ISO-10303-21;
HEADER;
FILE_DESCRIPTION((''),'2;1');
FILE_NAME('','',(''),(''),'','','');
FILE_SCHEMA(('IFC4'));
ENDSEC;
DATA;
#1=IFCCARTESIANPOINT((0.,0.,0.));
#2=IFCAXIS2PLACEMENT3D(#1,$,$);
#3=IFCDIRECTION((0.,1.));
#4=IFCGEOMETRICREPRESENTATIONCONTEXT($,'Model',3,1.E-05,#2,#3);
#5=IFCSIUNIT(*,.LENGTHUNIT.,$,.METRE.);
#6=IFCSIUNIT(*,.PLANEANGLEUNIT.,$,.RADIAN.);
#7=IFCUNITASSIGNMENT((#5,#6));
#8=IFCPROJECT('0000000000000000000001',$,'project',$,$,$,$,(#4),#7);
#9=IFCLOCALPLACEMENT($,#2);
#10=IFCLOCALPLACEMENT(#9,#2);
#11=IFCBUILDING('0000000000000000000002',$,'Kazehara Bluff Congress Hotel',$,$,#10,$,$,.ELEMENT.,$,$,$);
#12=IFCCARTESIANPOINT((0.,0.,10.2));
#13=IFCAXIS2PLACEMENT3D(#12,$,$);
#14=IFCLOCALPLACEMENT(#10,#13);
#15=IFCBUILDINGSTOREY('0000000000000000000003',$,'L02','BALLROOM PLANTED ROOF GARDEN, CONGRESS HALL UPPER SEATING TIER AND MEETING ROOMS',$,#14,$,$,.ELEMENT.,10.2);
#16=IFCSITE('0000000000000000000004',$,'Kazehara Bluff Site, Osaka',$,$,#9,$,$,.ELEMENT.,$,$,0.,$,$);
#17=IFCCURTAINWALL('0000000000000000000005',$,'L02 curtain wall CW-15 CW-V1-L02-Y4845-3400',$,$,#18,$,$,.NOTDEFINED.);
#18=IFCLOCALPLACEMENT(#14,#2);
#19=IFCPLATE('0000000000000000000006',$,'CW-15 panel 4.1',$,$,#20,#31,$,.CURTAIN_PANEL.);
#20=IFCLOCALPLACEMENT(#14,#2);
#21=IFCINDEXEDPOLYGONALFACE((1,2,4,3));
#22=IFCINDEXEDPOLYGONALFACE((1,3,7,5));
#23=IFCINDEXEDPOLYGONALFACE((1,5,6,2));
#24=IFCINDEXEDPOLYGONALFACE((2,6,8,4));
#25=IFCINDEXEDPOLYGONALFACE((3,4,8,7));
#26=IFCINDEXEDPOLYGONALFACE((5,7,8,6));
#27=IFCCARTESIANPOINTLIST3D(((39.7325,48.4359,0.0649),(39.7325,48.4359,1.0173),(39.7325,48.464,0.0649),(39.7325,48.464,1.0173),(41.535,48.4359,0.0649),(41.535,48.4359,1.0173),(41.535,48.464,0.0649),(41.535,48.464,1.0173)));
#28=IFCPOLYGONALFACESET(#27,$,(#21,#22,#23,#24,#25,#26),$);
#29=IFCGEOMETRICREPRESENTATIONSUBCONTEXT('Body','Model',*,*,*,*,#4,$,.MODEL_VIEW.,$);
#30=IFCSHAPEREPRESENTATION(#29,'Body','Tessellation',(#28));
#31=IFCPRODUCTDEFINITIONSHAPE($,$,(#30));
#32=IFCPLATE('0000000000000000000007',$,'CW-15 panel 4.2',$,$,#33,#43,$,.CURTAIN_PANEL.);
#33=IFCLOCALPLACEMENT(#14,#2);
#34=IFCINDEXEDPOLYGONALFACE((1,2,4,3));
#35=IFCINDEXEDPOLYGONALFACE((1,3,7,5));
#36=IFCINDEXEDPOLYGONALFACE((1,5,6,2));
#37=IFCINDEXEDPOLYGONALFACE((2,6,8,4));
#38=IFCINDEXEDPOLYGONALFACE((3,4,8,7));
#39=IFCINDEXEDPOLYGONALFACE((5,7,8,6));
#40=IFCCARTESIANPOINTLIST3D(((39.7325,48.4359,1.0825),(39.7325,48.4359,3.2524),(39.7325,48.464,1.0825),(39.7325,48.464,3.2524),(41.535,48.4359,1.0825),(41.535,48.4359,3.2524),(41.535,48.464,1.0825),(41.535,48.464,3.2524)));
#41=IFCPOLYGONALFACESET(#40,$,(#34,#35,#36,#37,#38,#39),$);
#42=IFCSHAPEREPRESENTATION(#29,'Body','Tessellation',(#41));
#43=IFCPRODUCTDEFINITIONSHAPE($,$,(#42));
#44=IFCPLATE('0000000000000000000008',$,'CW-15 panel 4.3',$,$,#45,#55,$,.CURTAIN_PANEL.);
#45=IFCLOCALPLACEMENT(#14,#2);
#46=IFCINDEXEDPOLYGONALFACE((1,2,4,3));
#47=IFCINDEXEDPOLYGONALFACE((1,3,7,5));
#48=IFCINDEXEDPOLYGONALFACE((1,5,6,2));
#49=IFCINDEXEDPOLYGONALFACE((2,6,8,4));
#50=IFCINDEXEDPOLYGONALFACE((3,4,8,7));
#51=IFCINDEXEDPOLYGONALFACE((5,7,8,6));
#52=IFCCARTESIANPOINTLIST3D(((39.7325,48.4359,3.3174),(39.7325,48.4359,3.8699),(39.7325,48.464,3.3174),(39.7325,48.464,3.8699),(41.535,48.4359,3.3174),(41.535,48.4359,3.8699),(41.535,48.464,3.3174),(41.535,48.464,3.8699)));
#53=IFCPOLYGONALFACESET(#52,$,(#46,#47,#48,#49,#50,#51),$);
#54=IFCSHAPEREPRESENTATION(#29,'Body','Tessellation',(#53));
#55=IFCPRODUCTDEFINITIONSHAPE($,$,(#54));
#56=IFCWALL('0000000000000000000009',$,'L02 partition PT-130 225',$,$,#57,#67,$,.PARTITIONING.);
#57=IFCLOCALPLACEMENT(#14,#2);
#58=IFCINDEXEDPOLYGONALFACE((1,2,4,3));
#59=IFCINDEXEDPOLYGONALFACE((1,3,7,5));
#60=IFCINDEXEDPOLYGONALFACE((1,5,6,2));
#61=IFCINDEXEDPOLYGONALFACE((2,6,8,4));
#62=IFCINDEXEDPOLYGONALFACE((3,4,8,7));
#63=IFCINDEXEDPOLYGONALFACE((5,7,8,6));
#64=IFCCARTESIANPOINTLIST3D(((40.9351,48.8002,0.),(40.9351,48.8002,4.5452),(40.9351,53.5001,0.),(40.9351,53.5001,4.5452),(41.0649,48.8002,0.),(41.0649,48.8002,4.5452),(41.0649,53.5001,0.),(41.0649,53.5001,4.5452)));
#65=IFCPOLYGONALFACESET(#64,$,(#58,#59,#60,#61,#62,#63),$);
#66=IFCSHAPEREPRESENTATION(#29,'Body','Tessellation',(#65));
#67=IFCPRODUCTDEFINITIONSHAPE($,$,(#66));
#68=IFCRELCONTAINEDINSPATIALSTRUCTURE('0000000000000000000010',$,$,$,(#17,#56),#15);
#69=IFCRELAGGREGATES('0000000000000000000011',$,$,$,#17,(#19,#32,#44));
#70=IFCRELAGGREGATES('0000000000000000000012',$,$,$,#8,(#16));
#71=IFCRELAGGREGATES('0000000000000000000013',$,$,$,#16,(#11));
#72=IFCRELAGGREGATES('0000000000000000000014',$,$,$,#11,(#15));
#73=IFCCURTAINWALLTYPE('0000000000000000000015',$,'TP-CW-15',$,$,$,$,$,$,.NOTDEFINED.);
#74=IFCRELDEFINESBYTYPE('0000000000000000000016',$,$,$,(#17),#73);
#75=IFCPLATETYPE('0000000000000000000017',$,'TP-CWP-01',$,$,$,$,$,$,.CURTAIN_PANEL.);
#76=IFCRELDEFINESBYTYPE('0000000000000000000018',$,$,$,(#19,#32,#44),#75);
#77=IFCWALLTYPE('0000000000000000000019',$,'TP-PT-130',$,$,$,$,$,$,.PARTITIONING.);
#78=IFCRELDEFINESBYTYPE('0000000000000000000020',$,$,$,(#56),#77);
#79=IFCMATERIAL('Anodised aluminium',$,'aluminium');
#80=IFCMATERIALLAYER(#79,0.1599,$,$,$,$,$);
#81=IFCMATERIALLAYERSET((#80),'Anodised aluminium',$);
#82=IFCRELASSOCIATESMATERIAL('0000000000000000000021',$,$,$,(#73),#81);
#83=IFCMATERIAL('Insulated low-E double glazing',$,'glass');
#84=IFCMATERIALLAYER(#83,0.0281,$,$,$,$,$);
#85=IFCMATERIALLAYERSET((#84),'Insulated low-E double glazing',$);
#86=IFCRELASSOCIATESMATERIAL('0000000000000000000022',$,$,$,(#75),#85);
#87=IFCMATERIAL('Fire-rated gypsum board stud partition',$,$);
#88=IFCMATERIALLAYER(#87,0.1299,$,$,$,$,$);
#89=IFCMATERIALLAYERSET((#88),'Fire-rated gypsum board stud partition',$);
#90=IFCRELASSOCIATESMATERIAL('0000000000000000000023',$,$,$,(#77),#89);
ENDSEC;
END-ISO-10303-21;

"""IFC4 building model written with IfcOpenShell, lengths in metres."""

from ifc_helpers import new_model, si_unit, direction, frame, frame_2d, origin, origin_2d, place, context, subcontext, project, spatial, rectangle, extrude, material, layer, layer_set, type_object, element, aggregate, save


model = new_model("IFC4")

# Units and contexts
model_context = context("Model", 3, precision=1e-05, world=origin(), true_north=direction((0.0, 1.0)))
body_context = subcontext(model_context, "Body", "Model", "MODEL_VIEW")
ifc_project = project(units=[si_unit("LENGTHUNIT", "METRE"), si_unit("PLANEANGLEUNIT", "RADIAN")], contexts=[model_context])

# Site, building, storey
site_placement = place(None, origin())
site = spatial("IfcSite", under=ifc_project, at=site_placement, Name="Kazehara Bluff Site, Osaka", CompositionType="ELEMENT", RefElevation=0.0)
building_placement = place(site_placement, origin())
building = spatial("IfcBuilding", under=site, at=building_placement, Name="Kazehara Bluff Congress Hotel", CompositionType="ELEMENT")
storey_placement = place(building_placement, frame((0.0, 0.0, 10.2)))
storey = spatial("IfcBuildingStorey", under=building, at=storey_placement, Name="L02", Description="BALLROOM PLANTED ROOF GARDEN, CONGRESS HALL UPPER SEATING TIER AND MEETING ROOMS", CompositionType="ELEMENT", Elevation=10.2)

# Curtain wall
ifc_material_1 = material(Name="Anodised aluminium", Category="aluminium")
ifc_layer_1 = layer(ifc_material_1, 0.1599)
ifc_layer_set_1 = layer_set([ifc_layer_1], Name="Anodised aluminium")
curtain_wall_type = type_object("IfcCurtainWallType", Name="TP-CW-15", PredefinedType="NOTDEFINED", material=ifc_layer_set_1)
curtain_wall_placement = place(storey_placement, origin())
curtain_wall = element("IfcCurtainWall", 1, at=curtain_wall_placement, inside=storey, type_object=curtain_wall_type, Name="L02 curtain wall CW-15 CW-V1-L02-Y4845-3400", PredefinedType="NOTDEFINED")

# Plates
ifc_material_2 = material(Name="Insulated low-E double glazing", Category="glass")
ifc_layer_2 = layer(ifc_material_2, 0.0281)
ifc_layer_set_2 = layer_set([ifc_layer_2], Name="Insulated low-E double glazing")
plate_type = type_object("IfcPlateType", Name="TP-CWP-01", PredefinedType="CURTAIN_PANEL", material=ifc_layer_set_2)
plate_1_placement = place(storey_placement, frame((40.6338, 48.45, 0.0649), z_axis=(0.0, 0.0, 1.0), x_axis=(1.0, 0.0, 0.0)))
plate_1 = element("IfcPlate", 2, at=plate_1_placement, type_object=plate_type, Name="CW-15 panel 4.1", PredefinedType="CURTAIN_PANEL", context=body_context, shape_type="SweptSolid", body=[
    extrude(rectangle(XDim=1.8025, YDim=0.0281, at=origin_2d()), origin(), (0.0, 0.0, 1.0), 0.9524),
])
plate_2_placement = place(storey_placement, frame((40.6338, 48.45, 1.0825), z_axis=(0.0, 0.0, 1.0), x_axis=(1.0, 0.0, 0.0)))
plate_2 = element("IfcPlate", 3, at=plate_2_placement, type_object=plate_type, Name="CW-15 panel 4.2", PredefinedType="CURTAIN_PANEL", context=body_context, shape_type="SweptSolid", body=[
    extrude(rectangle(XDim=1.8025, YDim=0.0281, at=origin_2d()), origin(), (0.0, 0.0, 1.0), 2.1699),
])
plate_3_placement = place(storey_placement, frame((40.6338, 48.45, 3.3174), z_axis=(0.0, 0.0, 1.0), x_axis=(1.0, 0.0, 0.0)))
plate_3 = element("IfcPlate", 4, at=plate_3_placement, type_object=plate_type, Name="CW-15 panel 4.3", PredefinedType="CURTAIN_PANEL", context=body_context, shape_type="SweptSolid", body=[
    extrude(rectangle(XDim=1.8025, YDim=0.0281, at=origin_2d()), origin(), (0.0, 0.0, 1.0), 0.5525),
])
aggregate(curtain_wall, [plate_1, plate_2, plate_3])

# Wall
ifc_material_3 = material(Name="Fire-rated gypsum board stud partition")
ifc_layer_3 = layer(ifc_material_3, 0.1299)
ifc_layer_set_3 = layer_set([ifc_layer_3], Name="Fire-rated gypsum board stud partition")
wall_type = type_object("IfcWallType", Name="TP-PT-130", PredefinedType="PARTITIONING", material=ifc_layer_set_3)
wall_placement = place(storey_placement, frame((41.0, 48.8, 0.0), z_axis=(0.0, 0.0, 1.0), x_axis=(0.0, 1.0, 0.0)))
element("IfcWall", 5, at=wall_placement, inside=storey, type_object=wall_type, Name="L02 partition PT-130 225", PredefinedType="PARTITIONING", context=body_context, shape_type="SweptSolid", body=[
    extrude(rectangle(XDim=4.7, YDim=0.1299, at=frame_2d((2.3501, 0.0))), origin(), (0.0, 0.0, 1.0), 4.5452),
])

save(model, "model.ifc")
